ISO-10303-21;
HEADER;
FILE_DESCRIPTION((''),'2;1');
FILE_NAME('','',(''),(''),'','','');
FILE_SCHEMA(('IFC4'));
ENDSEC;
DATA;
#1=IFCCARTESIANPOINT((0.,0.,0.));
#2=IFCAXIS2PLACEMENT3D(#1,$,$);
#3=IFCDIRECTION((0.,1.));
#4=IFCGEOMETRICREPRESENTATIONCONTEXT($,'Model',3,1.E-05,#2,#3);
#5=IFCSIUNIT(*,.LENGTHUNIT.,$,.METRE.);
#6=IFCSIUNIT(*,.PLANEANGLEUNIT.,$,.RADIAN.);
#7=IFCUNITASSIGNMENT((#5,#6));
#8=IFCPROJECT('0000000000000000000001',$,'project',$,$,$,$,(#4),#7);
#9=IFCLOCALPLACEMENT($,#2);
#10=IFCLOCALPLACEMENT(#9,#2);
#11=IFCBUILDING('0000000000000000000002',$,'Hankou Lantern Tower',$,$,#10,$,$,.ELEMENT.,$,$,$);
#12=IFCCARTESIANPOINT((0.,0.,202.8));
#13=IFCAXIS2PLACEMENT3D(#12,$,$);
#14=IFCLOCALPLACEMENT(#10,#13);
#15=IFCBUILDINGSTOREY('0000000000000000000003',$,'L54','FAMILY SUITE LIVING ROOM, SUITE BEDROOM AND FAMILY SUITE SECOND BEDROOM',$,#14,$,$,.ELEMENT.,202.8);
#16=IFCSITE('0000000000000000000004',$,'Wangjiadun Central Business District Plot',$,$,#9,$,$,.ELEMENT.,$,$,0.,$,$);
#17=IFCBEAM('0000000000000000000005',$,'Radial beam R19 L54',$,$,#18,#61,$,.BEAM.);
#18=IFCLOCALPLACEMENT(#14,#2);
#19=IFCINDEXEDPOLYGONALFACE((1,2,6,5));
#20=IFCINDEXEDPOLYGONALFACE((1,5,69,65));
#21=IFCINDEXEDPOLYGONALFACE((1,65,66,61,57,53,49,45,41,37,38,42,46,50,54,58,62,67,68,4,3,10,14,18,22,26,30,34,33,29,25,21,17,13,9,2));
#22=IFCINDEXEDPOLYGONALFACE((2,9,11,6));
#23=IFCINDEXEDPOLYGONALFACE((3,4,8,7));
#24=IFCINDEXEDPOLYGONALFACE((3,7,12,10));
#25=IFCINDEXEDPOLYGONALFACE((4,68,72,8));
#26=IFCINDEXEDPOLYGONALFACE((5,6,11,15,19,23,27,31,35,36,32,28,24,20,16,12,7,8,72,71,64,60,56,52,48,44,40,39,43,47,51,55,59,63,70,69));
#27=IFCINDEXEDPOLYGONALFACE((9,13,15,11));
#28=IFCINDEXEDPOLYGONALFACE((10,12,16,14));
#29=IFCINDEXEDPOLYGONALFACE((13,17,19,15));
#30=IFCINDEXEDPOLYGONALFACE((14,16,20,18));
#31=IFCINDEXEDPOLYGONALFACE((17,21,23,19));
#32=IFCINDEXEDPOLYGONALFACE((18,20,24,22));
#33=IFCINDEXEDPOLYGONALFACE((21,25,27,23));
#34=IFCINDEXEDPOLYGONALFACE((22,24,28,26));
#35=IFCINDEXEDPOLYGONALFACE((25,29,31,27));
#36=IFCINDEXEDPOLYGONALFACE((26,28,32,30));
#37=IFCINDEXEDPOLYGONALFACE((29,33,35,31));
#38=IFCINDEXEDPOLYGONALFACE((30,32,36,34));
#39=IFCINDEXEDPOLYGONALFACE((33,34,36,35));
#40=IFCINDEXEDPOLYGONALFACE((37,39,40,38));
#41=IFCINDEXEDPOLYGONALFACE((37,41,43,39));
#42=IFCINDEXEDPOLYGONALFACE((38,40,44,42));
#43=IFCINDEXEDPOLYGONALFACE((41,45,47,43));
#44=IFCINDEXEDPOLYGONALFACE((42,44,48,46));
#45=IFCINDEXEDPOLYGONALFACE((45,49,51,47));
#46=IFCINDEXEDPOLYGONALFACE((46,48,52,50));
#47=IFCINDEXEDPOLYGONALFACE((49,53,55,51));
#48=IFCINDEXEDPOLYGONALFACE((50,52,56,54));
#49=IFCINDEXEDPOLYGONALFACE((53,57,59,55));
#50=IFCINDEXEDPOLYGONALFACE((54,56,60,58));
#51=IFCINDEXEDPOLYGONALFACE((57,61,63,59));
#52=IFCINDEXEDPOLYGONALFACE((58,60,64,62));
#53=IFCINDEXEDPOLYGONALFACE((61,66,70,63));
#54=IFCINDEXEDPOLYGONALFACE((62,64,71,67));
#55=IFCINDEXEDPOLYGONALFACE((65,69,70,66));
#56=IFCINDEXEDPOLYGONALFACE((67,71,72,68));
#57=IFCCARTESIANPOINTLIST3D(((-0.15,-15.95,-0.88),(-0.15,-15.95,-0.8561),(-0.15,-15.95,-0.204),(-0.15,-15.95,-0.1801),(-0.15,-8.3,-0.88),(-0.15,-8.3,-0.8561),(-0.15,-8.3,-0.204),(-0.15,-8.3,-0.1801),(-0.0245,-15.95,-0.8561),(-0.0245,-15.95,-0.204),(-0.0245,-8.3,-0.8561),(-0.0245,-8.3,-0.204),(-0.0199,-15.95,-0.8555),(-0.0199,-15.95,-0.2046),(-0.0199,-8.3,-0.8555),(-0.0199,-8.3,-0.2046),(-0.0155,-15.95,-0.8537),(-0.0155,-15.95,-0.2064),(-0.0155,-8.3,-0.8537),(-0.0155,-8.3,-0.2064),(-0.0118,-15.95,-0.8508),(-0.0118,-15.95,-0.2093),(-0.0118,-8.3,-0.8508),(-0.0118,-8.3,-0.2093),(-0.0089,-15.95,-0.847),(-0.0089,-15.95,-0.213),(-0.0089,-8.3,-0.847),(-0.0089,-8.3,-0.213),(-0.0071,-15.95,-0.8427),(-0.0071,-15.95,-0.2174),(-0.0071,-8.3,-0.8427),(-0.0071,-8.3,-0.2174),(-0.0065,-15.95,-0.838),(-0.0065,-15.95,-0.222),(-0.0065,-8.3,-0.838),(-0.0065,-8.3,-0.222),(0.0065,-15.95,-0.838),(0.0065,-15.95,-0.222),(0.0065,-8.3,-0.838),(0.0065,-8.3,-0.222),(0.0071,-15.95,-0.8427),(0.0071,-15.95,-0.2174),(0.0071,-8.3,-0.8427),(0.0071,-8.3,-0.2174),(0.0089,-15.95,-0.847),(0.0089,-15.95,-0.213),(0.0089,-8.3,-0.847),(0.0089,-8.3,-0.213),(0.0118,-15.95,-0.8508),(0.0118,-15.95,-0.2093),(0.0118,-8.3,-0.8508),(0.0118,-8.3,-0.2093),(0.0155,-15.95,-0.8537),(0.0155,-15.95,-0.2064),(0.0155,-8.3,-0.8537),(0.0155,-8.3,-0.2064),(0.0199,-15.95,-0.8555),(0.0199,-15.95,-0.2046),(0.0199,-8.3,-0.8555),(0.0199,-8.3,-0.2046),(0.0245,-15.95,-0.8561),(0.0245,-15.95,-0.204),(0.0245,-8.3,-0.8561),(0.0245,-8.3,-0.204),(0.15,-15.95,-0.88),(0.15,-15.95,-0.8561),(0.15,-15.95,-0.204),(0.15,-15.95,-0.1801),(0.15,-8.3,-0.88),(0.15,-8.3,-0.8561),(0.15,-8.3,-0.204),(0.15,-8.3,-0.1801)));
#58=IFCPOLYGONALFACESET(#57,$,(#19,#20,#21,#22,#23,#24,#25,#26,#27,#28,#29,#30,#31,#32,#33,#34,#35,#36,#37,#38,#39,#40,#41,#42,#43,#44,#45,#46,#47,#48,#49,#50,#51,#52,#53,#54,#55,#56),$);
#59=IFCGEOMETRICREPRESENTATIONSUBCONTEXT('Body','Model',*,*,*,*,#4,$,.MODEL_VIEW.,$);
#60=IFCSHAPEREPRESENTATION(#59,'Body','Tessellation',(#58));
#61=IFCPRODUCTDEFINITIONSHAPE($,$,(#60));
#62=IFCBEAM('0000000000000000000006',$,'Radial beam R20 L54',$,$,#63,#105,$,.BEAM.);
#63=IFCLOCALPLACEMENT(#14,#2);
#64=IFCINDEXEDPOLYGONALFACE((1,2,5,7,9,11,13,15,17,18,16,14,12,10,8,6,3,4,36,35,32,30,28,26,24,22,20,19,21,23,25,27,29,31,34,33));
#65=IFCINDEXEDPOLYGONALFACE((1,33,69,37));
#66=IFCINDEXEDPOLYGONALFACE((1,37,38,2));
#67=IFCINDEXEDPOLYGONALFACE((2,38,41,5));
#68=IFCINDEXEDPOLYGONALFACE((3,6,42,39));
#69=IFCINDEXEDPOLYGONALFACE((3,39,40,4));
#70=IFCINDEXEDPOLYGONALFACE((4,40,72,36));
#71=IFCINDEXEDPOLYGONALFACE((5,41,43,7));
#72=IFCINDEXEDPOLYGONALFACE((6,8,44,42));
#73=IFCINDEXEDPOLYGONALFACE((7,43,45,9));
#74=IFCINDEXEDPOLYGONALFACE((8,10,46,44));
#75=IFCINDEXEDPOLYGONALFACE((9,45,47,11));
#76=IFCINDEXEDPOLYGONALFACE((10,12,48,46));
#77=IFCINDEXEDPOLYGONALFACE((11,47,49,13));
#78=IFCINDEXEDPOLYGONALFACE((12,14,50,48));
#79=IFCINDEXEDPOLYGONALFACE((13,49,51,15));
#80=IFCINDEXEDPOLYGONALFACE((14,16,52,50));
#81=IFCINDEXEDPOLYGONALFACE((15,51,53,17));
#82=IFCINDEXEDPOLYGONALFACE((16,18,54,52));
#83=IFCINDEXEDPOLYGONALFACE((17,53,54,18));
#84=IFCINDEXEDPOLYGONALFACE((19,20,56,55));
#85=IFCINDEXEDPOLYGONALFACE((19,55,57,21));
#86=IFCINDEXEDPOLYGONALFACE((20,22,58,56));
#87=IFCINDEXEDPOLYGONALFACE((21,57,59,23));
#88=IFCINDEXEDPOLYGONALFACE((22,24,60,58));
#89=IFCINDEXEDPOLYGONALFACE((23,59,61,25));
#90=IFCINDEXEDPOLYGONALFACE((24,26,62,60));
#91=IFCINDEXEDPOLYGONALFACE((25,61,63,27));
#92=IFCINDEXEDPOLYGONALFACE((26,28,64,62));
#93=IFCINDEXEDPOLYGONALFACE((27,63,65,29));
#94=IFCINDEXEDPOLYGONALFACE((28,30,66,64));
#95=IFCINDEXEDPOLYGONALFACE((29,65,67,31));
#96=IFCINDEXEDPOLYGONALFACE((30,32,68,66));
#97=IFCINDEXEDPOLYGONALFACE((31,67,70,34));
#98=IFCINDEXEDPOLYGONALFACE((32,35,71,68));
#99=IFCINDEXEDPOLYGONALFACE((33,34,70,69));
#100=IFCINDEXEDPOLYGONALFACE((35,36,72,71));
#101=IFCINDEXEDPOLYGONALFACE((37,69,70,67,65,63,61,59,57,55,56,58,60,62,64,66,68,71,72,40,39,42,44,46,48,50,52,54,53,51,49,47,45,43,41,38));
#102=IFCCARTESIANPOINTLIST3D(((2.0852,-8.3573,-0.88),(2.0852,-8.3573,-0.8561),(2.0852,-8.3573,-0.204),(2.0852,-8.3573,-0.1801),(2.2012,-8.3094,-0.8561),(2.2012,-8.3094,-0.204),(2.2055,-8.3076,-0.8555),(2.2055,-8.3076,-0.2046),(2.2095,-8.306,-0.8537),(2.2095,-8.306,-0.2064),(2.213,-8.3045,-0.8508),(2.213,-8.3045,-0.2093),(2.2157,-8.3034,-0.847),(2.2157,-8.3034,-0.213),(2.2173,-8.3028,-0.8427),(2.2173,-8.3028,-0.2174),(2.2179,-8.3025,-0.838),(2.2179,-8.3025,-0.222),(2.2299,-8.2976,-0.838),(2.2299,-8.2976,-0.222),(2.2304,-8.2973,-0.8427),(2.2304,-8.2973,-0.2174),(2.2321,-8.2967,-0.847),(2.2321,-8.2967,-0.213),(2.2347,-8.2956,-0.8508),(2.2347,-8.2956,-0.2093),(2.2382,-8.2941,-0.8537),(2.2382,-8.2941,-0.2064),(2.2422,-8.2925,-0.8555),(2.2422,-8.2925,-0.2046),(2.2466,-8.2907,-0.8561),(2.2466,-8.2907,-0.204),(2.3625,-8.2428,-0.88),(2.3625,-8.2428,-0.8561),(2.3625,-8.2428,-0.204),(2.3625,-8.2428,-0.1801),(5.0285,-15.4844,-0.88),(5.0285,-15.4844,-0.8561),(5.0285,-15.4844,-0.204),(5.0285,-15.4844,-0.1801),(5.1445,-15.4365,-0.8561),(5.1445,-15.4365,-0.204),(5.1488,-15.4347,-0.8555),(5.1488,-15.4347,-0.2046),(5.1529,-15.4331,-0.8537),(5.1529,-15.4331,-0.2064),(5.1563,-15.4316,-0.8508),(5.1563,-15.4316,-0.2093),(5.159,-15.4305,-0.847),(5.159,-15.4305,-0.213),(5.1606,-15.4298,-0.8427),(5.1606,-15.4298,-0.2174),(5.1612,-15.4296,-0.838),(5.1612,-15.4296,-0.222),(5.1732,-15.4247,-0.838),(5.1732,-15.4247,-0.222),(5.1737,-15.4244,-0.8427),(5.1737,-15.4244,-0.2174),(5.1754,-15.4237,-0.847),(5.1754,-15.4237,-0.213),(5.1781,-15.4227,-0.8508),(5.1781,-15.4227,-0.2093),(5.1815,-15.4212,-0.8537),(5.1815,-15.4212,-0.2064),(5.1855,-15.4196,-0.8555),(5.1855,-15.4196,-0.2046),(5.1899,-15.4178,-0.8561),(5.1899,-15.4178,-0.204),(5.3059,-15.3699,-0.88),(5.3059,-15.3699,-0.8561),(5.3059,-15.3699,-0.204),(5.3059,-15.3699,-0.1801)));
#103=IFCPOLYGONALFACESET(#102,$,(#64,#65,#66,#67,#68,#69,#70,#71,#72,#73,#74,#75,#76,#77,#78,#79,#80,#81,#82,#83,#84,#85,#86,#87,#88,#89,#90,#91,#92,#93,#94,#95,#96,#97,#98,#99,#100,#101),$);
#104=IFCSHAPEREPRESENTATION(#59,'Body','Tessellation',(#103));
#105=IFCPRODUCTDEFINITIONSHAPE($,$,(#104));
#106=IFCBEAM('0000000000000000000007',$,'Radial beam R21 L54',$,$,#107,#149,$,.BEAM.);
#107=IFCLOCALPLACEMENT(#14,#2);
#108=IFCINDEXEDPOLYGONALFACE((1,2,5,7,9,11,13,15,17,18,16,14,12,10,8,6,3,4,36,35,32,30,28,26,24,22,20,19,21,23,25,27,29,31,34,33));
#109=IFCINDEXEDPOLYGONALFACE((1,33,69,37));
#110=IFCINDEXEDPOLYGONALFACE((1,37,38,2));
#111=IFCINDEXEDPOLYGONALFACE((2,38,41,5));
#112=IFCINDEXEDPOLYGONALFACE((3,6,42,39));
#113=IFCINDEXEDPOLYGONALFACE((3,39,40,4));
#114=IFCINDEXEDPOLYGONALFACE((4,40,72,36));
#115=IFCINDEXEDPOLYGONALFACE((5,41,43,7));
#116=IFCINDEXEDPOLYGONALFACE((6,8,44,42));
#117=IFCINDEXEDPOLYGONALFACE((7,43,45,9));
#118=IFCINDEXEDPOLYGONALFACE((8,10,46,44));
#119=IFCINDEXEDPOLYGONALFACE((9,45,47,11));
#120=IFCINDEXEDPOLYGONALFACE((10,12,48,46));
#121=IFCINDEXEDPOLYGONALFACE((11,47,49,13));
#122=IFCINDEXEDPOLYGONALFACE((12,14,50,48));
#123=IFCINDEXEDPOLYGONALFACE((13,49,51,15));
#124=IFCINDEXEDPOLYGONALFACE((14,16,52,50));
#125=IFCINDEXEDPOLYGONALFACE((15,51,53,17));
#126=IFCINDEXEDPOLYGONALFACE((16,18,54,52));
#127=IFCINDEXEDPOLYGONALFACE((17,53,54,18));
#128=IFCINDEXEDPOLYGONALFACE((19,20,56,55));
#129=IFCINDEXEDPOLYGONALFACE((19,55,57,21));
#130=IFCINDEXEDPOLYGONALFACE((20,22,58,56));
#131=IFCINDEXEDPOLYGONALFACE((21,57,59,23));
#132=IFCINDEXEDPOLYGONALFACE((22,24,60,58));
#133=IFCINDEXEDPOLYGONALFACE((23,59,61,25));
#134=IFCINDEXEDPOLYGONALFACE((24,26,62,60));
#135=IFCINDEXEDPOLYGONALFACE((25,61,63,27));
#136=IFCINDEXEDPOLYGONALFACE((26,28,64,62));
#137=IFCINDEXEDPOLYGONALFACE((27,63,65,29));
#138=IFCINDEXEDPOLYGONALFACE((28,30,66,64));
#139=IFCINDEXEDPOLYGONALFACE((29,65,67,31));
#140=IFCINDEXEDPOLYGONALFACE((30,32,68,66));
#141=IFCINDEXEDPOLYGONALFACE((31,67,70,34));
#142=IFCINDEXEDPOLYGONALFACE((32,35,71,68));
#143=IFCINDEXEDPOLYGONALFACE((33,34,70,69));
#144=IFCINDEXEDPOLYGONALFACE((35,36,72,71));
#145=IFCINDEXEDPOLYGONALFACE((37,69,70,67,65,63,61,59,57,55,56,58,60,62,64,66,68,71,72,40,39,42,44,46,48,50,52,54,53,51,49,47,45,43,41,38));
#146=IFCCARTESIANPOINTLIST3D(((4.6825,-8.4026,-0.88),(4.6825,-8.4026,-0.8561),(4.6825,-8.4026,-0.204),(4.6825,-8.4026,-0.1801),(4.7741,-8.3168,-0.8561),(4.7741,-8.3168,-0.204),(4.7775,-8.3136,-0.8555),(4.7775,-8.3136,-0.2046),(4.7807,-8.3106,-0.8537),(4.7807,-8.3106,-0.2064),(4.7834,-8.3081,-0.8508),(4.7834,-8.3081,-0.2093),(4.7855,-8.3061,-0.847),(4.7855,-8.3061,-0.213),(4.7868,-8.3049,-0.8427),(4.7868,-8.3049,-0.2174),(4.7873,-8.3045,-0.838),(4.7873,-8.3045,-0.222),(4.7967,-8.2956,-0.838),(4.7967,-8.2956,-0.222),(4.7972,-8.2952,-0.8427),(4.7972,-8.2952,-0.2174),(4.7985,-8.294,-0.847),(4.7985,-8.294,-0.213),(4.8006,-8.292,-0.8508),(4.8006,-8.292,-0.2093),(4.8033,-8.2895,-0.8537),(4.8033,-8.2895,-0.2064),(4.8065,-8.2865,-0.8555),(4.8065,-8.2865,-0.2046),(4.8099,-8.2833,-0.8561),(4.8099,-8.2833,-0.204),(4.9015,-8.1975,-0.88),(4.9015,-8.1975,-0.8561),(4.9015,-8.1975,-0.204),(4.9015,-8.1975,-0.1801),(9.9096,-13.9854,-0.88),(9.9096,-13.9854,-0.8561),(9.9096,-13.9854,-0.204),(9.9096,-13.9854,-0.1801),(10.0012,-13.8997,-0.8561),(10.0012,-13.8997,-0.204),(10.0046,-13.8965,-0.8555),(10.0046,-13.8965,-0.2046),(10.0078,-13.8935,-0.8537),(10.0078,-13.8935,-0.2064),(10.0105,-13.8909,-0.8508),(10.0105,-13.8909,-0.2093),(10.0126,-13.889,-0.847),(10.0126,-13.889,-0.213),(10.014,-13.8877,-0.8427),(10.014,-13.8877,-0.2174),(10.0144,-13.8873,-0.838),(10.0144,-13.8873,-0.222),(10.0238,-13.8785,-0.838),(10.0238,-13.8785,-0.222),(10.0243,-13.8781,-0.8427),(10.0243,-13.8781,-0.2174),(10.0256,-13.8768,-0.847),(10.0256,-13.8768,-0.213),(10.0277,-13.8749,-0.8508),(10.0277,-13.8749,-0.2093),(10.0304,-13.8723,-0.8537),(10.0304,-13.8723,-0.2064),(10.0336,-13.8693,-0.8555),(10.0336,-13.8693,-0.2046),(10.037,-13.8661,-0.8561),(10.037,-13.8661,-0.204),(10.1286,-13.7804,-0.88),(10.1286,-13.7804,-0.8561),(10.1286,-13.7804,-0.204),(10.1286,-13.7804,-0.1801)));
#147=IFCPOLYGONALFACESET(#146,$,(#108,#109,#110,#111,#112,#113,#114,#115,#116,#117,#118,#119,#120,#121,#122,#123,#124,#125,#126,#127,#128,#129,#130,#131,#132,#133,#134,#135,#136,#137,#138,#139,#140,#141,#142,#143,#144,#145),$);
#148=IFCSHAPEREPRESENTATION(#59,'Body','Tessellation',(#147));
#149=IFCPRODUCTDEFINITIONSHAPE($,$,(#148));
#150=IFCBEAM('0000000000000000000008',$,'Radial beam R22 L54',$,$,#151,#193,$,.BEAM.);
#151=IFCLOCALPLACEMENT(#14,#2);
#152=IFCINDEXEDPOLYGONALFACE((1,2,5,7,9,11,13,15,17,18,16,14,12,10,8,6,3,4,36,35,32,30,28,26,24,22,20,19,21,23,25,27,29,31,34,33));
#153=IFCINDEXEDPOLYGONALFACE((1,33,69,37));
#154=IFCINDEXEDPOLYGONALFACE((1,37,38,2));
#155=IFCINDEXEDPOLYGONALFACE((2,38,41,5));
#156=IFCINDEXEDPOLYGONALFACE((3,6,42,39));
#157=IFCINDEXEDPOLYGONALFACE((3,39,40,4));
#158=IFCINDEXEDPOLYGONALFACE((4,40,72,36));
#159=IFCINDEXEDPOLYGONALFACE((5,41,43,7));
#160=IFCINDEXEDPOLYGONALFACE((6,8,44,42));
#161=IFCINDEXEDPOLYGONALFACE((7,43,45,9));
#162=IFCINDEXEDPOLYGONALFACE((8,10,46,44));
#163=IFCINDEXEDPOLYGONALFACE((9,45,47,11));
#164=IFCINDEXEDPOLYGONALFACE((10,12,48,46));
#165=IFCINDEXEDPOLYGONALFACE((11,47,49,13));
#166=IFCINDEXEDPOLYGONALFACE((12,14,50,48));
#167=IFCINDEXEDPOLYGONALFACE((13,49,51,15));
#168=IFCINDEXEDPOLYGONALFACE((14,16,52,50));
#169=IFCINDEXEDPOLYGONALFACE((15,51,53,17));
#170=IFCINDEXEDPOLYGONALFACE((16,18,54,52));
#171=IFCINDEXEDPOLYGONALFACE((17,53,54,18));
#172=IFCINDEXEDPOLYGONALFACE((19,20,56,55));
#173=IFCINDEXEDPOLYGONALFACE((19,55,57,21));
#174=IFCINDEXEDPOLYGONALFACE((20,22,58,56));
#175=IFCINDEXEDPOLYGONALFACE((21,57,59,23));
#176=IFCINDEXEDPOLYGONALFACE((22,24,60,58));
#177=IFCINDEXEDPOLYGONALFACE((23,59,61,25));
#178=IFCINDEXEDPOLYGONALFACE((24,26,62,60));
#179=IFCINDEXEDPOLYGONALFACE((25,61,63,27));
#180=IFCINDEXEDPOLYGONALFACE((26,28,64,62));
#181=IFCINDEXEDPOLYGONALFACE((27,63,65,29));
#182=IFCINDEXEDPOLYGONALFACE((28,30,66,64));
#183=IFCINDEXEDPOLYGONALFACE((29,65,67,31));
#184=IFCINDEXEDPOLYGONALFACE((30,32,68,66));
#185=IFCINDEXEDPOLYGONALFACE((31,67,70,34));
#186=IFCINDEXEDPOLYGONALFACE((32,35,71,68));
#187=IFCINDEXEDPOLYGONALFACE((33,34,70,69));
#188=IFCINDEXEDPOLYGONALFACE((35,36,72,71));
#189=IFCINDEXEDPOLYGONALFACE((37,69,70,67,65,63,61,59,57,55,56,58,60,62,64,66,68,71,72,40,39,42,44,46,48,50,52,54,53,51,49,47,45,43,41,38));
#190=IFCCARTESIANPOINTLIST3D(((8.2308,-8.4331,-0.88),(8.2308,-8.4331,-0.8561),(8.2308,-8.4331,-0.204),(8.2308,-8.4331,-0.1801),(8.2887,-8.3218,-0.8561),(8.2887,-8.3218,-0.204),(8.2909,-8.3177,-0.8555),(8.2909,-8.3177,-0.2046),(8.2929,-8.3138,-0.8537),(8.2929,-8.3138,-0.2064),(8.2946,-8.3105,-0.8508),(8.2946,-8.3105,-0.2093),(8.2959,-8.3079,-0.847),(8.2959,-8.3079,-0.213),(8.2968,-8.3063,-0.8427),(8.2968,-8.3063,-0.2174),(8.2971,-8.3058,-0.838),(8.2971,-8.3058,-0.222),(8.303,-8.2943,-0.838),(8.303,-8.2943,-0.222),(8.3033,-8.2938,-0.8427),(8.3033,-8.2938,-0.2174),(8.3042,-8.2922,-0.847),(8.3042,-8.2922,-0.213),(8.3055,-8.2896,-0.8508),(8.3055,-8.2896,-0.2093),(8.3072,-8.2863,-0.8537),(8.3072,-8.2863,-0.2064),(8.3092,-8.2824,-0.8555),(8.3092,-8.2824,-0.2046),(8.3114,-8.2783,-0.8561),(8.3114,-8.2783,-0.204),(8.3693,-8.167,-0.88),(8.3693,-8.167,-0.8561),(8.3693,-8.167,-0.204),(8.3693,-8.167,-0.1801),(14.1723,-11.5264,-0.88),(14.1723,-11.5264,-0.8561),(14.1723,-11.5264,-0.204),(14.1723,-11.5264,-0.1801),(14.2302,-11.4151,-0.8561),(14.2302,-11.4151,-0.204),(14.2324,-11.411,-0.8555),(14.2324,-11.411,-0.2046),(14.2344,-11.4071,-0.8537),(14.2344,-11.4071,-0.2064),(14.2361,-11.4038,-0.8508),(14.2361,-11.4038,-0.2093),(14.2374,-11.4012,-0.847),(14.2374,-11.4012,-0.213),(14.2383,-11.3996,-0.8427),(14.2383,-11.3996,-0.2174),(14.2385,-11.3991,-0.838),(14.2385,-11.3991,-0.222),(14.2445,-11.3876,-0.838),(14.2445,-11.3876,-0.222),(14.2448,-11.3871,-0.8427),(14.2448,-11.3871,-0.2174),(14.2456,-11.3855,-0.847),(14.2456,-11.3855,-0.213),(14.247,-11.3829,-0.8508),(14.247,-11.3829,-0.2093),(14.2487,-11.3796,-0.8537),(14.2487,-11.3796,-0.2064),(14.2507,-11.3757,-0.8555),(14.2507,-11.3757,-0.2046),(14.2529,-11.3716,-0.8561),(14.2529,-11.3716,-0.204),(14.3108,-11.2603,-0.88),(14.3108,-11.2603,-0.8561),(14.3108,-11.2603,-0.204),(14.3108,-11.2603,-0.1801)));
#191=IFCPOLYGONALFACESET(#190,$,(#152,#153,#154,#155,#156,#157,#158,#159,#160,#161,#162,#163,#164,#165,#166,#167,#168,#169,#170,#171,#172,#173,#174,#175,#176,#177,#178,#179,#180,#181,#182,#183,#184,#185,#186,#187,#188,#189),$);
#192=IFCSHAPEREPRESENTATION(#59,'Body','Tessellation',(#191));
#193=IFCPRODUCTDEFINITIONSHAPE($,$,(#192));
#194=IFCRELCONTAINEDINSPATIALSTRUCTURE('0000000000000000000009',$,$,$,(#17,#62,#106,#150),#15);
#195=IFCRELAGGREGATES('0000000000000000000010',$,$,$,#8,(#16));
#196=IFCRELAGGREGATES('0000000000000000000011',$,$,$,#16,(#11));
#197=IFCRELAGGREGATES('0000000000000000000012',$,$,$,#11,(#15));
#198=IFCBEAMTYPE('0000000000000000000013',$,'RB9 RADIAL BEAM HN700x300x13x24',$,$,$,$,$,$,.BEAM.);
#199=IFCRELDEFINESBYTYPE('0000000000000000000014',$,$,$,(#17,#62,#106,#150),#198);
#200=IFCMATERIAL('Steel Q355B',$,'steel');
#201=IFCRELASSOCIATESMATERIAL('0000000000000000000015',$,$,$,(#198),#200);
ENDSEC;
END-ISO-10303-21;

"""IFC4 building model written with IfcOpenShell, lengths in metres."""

from ifc_helpers import new_model, si_unit, direction, frame, origin, origin_2d, place, context, subcontext, project, spatial, i_section, extrude, material, material_profile, profile_set, type_object, element, save


model = new_model("IFC4")

# Units and contexts
model_context = context("Model", 3, precision=1e-05, world=origin(), true_north=direction((0.0, 1.0)))
body_context = subcontext(model_context, "Body", "Model", "MODEL_VIEW")
ifc_project = project(units=[si_unit("LENGTHUNIT", "METRE"), si_unit("PLANEANGLEUNIT", "RADIAN")], contexts=[model_context])

# Site, building, storey
site_placement = place(None, origin())
site = spatial("IfcSite", under=ifc_project, at=site_placement, Name="Wangjiadun Central Business District Plot", CompositionType="ELEMENT", RefElevation=0.0)
building_placement = place(site_placement, origin())
building = spatial("IfcBuilding", under=site, at=building_placement, Name="Hankou Lantern Tower", CompositionType="ELEMENT")
storey_placement = place(building_placement, frame((0.0, 0.0, 202.8)))
storey = spatial("IfcBuildingStorey", under=building, at=storey_placement, Name="L54", Description="FAMILY SUITE LIVING ROOM, SUITE BEDROOM AND FAMILY SUITE SECOND BEDROOM", CompositionType="ELEMENT", Elevation=202.8)

# Beams
ifc_material_1 = material(Name="Steel Q355B", Category="steel")
ifc_material_profile_1 = material_profile(ifc_material_1, i_section(OverallWidth=0.3, OverallDepth=0.7, WebThickness=0.0129, FlangeThickness=0.0239, FilletRadius=0.0181, at=origin_2d()), Name="HN700x300x13x24")
ifc_profile_set_1 = profile_set([ifc_material_profile_1], Name="Steel Q355B")
beam_type_1 = type_object("IfcBeamType", Name="RB9 RADIAL BEAM HN700x300x13x24", PredefinedType="BEAM", material=ifc_profile_set_1)
beam_1_placement = place(storey_placement, frame((0.0, -8.3, -0.53), z_axis=(0.0, -1.0, 0.0), x_axis=(1.0, 0.0, 0.0)))
element("IfcBeam", 1, at=beam_1_placement, inside=storey, type_object=beam_type_1, Name="Radial beam R19 L54", PredefinedType="BEAM", context=body_context, shape_type="SweptSolid", body=[
    extrude(i_section(OverallWidth=0.3, OverallDepth=0.7, WebThickness=0.0129, FlangeThickness=0.0239, FilletRadius=0.0181, at=origin_2d()), origin(), (0.0, 0.0, 1.0), 7.6499),
])
beam_2_placement = place(storey_placement, frame((2.2239, -8.3, -0.53), z_axis=(0.381707, -0.924284, 0.0), x_axis=(0.924284, 0.381707, 0.0)))
element("IfcBeam", 2, at=beam_2_placement, inside=storey, type_object=beam_type_1, Name="Radial beam R20 L54", PredefinedType="BEAM", context=body_context, shape_type="SweptSolid", body=[
    extrude(i_section(OverallWidth=0.3, OverallDepth=0.7, WebThickness=0.0129, FlangeThickness=0.0239, FilletRadius=0.0181, at=origin_2d()), origin(), (0.0, 0.0, 1.0), 7.7109),
])
beam_3_placement = place(storey_placement, frame((4.792, -8.3, -0.53), z_axis=(0.683468, -0.72998, 0.0), x_axis=(0.72998, 0.683468, 0.0)))
element("IfcBeam", 3, at=beam_3_placement, inside=storey, type_object=beam_type_1, Name="Radial beam R21 L54", PredefinedType="BEAM", context=body_context, shape_type="SweptSolid", body=[
    extrude(i_section(OverallWidth=0.3, OverallDepth=0.7, WebThickness=0.0129, FlangeThickness=0.0239, FilletRadius=0.0181, at=origin_2d()), origin(), (0.0, 0.0, 1.0), 7.6479),
])
beam_4_placement = place(storey_placement, frame((8.3, -8.3, -0.53), z_axis=(0.886989, -0.461791, 0.0), x_axis=(0.461791, 0.886989, 0.0)))
element("IfcBeam", 4, at=beam_4_placement, inside=storey, type_object=beam_type_1, Name="Radial beam R22 L54", PredefinedType="BEAM", context=body_context, shape_type="SweptSolid", body=[
    extrude(i_section(OverallWidth=0.3, OverallDepth=0.7, WebThickness=0.0129, FlangeThickness=0.0239, FilletRadius=0.0181, at=origin_2d()), origin(), (0.0, 0.0, 1.0), 6.6985),
])

save(model, "model.ifc")
